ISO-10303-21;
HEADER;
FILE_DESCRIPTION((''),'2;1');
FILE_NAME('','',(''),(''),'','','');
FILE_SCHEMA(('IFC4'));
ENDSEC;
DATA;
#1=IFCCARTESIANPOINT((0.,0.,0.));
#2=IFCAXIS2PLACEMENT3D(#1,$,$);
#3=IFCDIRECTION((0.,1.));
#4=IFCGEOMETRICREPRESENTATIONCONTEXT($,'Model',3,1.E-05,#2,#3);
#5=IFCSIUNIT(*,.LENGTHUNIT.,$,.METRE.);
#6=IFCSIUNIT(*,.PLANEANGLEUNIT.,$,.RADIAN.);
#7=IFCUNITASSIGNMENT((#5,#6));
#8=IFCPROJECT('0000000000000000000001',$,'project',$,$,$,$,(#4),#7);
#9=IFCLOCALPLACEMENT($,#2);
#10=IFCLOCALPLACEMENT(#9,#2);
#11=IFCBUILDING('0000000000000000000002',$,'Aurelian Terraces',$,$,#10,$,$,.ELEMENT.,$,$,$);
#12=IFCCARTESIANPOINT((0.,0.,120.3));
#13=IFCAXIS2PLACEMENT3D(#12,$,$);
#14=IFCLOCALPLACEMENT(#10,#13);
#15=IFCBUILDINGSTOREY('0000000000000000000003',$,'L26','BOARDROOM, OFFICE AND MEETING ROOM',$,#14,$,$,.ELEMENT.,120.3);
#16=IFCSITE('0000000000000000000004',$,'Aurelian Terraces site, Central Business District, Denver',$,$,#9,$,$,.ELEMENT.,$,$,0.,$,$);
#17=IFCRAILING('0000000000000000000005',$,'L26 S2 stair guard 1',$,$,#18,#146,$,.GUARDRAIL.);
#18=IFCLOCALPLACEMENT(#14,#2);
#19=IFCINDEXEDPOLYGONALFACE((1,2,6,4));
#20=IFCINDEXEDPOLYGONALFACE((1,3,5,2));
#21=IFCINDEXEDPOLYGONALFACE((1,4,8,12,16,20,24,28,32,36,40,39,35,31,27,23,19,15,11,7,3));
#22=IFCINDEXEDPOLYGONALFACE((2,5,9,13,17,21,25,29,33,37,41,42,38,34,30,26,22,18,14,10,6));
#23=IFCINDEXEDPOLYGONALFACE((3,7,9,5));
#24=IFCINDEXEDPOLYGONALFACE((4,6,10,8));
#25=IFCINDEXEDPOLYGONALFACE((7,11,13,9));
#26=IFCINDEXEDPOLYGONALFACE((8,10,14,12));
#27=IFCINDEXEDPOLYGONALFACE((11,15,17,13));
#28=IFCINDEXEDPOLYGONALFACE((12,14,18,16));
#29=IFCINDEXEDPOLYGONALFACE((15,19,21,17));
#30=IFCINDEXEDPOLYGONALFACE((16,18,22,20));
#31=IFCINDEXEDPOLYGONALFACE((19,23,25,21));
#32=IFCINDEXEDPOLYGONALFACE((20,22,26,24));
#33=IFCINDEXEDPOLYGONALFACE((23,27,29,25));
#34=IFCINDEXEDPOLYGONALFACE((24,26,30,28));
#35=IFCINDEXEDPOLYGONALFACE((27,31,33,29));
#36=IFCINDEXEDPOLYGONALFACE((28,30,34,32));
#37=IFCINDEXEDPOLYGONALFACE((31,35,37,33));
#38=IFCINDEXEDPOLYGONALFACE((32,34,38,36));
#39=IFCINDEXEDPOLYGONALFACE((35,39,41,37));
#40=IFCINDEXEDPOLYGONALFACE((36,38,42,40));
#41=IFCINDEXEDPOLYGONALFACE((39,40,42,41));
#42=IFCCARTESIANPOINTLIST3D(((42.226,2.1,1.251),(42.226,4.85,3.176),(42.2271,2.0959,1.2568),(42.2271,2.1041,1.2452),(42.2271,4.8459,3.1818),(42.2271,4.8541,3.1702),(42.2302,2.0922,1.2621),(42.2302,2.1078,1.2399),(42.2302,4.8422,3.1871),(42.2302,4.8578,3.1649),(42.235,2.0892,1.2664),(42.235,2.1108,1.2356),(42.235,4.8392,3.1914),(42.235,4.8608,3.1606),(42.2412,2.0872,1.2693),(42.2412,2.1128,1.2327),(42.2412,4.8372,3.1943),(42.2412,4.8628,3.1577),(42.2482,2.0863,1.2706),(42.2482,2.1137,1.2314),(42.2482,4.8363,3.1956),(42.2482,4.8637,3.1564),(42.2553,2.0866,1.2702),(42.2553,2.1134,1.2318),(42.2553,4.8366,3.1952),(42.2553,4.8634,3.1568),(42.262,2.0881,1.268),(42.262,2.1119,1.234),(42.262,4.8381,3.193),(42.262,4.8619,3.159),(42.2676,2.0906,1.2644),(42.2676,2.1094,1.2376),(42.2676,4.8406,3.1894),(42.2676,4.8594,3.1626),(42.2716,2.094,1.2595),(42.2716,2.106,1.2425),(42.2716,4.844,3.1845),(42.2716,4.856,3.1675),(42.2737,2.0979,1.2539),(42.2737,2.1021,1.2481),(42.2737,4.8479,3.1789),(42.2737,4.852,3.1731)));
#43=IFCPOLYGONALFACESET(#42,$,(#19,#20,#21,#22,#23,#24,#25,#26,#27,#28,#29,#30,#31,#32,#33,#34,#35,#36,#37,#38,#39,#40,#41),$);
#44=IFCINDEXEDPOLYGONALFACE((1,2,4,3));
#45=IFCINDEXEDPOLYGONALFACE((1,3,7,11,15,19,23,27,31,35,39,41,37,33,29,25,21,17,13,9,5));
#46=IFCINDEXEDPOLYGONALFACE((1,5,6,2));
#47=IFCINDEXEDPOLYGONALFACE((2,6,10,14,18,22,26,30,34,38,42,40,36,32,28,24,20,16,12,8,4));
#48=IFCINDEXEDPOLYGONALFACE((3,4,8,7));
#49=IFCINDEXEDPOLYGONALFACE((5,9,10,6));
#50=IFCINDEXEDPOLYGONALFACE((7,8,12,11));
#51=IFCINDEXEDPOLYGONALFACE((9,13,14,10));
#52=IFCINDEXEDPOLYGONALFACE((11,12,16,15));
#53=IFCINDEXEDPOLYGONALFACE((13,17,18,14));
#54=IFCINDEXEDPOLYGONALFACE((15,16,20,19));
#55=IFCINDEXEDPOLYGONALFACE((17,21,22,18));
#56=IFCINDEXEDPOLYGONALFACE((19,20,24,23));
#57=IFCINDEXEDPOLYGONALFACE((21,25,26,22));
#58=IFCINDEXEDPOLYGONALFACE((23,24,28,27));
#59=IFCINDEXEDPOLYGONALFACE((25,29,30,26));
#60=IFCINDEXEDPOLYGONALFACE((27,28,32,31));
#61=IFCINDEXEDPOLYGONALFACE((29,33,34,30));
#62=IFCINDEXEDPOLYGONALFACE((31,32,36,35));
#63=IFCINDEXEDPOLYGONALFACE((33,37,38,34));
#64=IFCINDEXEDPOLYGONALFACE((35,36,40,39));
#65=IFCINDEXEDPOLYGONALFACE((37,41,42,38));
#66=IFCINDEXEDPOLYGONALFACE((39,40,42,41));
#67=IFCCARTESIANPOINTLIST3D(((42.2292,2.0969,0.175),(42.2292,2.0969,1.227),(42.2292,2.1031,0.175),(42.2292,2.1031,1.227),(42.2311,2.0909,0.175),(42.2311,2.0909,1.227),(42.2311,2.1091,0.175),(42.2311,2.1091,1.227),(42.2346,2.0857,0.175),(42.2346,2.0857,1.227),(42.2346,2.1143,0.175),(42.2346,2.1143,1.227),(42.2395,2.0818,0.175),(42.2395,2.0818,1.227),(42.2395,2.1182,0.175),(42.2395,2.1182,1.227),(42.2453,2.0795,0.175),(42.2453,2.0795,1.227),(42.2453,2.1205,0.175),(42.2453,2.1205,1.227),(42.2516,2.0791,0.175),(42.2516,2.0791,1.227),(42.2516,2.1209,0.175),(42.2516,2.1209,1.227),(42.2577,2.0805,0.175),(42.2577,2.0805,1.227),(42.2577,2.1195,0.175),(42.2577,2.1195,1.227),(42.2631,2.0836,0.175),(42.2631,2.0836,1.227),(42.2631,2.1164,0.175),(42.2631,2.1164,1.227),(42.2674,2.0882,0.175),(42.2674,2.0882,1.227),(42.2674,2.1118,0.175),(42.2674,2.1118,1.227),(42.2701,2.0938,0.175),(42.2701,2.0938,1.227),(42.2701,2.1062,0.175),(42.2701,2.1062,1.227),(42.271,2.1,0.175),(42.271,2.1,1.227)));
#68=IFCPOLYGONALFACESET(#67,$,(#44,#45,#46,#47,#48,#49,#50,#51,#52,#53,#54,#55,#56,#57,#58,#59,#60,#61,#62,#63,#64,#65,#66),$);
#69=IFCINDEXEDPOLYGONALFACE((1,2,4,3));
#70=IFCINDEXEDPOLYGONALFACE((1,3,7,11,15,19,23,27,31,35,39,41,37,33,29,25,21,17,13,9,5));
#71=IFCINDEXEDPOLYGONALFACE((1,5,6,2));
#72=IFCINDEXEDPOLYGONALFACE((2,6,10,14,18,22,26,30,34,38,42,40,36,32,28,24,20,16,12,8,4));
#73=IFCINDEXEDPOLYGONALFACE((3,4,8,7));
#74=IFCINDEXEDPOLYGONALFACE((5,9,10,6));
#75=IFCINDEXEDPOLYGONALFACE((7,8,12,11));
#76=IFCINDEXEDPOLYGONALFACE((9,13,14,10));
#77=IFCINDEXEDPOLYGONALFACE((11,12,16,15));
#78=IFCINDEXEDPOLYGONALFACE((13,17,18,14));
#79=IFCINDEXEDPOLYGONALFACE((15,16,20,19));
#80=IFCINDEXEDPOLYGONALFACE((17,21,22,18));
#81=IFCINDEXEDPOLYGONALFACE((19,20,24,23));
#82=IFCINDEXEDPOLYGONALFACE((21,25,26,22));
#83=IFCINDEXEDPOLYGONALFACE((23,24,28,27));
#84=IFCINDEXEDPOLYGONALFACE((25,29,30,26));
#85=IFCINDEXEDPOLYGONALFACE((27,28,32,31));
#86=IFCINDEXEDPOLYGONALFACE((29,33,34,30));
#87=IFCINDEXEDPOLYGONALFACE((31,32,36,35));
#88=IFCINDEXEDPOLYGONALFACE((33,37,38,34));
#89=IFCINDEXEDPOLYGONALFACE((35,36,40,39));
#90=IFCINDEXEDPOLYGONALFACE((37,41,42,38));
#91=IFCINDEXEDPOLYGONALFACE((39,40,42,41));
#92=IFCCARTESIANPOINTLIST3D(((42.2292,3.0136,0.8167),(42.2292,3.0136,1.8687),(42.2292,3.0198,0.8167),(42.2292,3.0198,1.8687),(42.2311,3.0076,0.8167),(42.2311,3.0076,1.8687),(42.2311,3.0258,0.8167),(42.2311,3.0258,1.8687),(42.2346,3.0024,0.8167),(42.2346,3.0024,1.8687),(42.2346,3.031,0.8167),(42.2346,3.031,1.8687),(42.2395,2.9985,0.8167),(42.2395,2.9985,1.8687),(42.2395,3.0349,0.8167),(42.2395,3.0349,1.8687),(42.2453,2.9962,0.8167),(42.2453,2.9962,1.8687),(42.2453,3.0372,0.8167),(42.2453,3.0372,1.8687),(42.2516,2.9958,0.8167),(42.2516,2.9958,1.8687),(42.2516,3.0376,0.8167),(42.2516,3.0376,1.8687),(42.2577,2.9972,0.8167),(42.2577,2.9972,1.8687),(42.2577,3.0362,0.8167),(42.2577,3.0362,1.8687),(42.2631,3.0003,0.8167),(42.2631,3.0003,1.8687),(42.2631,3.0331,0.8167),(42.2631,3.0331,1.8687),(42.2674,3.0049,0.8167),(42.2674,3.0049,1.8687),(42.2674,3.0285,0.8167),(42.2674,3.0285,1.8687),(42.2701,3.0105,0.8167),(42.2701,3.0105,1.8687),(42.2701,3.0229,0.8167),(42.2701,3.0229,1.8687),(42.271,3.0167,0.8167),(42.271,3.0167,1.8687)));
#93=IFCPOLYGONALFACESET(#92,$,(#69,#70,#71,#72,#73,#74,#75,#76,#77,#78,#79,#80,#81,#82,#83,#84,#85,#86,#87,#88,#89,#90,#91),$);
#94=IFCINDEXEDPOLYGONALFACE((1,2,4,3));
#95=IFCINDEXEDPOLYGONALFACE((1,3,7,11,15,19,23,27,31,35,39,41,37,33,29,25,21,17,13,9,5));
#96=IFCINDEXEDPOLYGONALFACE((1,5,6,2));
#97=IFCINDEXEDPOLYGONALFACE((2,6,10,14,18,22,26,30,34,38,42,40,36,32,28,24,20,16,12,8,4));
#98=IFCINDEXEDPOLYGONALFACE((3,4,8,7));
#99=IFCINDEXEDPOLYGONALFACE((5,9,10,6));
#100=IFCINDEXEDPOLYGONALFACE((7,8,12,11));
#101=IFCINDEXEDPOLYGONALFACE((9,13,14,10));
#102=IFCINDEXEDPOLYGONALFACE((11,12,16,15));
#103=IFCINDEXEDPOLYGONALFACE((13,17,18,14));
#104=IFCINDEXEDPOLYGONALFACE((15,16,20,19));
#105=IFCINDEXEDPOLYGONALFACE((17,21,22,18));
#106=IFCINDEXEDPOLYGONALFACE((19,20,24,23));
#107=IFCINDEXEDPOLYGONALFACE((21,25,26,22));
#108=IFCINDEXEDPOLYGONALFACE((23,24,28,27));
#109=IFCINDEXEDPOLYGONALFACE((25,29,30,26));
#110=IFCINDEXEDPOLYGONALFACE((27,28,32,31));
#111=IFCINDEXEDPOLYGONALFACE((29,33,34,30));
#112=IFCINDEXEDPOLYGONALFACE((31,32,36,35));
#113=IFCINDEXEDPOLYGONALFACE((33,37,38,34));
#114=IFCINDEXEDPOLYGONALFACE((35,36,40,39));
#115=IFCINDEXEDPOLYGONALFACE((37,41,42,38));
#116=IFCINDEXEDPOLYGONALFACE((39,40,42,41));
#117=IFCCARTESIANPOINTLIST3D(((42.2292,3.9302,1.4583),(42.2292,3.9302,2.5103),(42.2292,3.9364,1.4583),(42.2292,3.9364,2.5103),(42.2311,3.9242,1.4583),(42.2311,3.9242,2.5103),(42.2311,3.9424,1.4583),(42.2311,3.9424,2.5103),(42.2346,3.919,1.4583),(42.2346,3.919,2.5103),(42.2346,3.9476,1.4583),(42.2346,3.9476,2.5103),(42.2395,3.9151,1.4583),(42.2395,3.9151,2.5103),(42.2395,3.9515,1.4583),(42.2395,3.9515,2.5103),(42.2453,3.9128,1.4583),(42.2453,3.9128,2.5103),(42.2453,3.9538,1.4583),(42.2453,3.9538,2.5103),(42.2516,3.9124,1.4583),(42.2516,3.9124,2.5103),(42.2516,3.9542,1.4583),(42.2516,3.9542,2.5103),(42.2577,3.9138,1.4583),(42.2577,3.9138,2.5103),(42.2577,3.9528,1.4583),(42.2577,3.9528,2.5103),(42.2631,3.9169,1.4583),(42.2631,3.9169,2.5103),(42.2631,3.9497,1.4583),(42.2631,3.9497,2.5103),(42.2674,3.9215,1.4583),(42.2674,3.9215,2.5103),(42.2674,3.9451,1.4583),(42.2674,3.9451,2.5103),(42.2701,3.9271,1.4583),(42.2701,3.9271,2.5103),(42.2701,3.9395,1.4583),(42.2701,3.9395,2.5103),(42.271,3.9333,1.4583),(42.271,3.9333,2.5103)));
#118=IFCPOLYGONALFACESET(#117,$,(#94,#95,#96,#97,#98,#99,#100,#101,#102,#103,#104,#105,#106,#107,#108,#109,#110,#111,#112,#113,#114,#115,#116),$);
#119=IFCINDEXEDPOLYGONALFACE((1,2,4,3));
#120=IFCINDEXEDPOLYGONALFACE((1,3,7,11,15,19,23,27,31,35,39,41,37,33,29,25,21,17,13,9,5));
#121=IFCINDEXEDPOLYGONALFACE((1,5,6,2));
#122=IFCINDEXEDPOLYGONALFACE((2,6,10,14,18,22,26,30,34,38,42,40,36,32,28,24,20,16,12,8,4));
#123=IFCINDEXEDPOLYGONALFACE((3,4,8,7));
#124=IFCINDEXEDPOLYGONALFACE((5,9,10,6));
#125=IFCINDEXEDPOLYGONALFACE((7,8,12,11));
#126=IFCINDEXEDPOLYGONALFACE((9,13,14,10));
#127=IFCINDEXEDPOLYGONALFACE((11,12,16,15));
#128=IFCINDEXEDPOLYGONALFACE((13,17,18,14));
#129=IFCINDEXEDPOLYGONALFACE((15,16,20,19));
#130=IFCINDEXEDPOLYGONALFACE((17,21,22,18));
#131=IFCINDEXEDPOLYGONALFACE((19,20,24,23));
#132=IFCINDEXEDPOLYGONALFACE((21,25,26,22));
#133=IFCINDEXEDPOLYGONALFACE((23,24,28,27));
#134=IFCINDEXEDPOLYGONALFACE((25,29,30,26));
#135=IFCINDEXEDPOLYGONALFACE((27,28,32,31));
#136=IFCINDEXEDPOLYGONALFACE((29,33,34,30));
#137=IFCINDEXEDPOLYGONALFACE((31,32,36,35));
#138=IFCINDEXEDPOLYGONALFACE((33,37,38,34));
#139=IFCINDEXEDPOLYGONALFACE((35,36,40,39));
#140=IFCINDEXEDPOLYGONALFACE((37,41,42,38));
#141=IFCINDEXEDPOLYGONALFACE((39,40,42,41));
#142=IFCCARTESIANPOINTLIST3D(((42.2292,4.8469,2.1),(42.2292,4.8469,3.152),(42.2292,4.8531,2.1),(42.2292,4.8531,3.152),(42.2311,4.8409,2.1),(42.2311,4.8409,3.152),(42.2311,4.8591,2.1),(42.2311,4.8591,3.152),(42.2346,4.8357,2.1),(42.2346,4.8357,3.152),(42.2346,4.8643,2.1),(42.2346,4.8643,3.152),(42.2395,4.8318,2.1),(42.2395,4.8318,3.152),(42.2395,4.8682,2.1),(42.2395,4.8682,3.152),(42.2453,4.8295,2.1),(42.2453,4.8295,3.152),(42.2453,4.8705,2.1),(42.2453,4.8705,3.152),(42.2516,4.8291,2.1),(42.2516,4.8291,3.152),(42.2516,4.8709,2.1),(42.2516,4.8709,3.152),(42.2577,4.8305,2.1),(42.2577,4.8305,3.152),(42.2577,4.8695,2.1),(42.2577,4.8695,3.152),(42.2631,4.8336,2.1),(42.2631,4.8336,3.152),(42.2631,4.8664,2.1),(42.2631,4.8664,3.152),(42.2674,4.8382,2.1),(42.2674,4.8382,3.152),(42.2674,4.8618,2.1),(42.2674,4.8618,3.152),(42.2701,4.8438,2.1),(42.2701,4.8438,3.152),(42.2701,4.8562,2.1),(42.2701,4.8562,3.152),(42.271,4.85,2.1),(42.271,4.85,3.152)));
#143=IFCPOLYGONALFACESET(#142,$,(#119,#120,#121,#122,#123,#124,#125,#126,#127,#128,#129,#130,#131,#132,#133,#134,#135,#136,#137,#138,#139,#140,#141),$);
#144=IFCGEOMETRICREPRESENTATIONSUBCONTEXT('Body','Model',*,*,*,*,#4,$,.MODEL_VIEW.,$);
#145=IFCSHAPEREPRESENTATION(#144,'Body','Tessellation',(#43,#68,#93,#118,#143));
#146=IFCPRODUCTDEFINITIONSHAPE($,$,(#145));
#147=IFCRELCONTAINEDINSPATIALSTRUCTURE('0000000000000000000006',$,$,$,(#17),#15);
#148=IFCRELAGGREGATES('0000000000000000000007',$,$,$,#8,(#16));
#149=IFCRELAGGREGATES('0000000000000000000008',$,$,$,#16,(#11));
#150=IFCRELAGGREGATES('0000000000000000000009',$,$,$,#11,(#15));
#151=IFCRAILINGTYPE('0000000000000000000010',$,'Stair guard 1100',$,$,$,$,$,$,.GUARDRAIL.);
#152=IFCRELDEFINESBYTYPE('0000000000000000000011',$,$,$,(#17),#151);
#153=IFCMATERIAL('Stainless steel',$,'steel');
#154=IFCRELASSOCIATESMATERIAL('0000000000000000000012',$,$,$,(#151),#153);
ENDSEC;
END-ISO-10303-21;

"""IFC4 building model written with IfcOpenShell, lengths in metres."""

from ifc_helpers import new_model, si_unit, direction, frame, origin, origin_2d, place, context, subcontext, project, spatial, circle, extrude, source, transform, mapped, material, type_object, element, save


model = new_model("IFC4")

# Units and contexts
model_context = context("Model", 3, precision=1e-05, world=origin(), true_north=direction((0.0, 1.0)))
body_context = subcontext(model_context, "Body", "Model", "MODEL_VIEW")
ifc_project = project(units=[si_unit("LENGTHUNIT", "METRE"), si_unit("PLANEANGLEUNIT", "RADIAN")], contexts=[model_context])

# Site, building, storey
site_placement = place(None, origin())
site = spatial("IfcSite", under=ifc_project, at=site_placement, Name="Aurelian Terraces site, Central Business District, Denver", CompositionType="ELEMENT", RefElevation=0.0)
building_placement = place(site_placement, origin())
building = spatial("IfcBuilding", under=site, at=building_placement, Name="Aurelian Terraces", CompositionType="ELEMENT")
storey_placement = place(building_placement, frame((0.0, 0.0, 120.3)))
storey = spatial("IfcBuildingStorey", under=building, at=storey_placement, Name="L26", Description="BOARDROOM, OFFICE AND MEETING ROOM", CompositionType="ELEMENT", Elevation=120.3)

# Railing
ifc_material_1 = material(Name="Stainless steel", Category="steel")
railing_type_1 = type_object("IfcRailingType", Name="Stair guard 1100", PredefinedType="GUARDRAIL", material=ifc_material_1)
shared_shape_1 = source(origin(), body_context, "Body", "SweptSolid", [
    extrude(circle(Radius=0.024, at=origin_2d()), frame((0.0, 0.0, 1.076), z_axis=(0.0, 0.819232, 0.573462), x_axis=(-1.0, 0.0, 0.0)), (0.0, 0.0, 1.0), 3.3568),
    extrude(circle(Radius=0.021, at=origin_2d()), origin(), (0.0, 0.0, 1.0), 1.052),
    extrude(circle(Radius=0.021, at=origin_2d()), frame((0.0, 0.9167, 0.6417)), (0.0, 0.0, 1.0), 1.052),
    extrude(circle(Radius=0.021, at=origin_2d()), frame((0.0, 1.8333, 1.2833)), (0.0, 0.0, 1.0), 1.052),
    extrude(circle(Radius=0.021, at=origin_2d()), frame((0.0, 2.75, 1.925)), (0.0, 0.0, 1.0), 1.052),
])
railing_1_placement = place(storey_placement, frame((42.25, 2.1, 0.175)))
element("IfcRailing", 1, at=railing_1_placement, inside=storey, type_object=railing_type_1, Name="L26 S2 stair guard 1", PredefinedType="GUARDRAIL", context=body_context, shape_type="MappedRepresentation", body=[
    mapped(shared_shape_1, transform((0.0, 0.0, 0.0), scale=1.0)),
])

save(model, "model.ifc")
